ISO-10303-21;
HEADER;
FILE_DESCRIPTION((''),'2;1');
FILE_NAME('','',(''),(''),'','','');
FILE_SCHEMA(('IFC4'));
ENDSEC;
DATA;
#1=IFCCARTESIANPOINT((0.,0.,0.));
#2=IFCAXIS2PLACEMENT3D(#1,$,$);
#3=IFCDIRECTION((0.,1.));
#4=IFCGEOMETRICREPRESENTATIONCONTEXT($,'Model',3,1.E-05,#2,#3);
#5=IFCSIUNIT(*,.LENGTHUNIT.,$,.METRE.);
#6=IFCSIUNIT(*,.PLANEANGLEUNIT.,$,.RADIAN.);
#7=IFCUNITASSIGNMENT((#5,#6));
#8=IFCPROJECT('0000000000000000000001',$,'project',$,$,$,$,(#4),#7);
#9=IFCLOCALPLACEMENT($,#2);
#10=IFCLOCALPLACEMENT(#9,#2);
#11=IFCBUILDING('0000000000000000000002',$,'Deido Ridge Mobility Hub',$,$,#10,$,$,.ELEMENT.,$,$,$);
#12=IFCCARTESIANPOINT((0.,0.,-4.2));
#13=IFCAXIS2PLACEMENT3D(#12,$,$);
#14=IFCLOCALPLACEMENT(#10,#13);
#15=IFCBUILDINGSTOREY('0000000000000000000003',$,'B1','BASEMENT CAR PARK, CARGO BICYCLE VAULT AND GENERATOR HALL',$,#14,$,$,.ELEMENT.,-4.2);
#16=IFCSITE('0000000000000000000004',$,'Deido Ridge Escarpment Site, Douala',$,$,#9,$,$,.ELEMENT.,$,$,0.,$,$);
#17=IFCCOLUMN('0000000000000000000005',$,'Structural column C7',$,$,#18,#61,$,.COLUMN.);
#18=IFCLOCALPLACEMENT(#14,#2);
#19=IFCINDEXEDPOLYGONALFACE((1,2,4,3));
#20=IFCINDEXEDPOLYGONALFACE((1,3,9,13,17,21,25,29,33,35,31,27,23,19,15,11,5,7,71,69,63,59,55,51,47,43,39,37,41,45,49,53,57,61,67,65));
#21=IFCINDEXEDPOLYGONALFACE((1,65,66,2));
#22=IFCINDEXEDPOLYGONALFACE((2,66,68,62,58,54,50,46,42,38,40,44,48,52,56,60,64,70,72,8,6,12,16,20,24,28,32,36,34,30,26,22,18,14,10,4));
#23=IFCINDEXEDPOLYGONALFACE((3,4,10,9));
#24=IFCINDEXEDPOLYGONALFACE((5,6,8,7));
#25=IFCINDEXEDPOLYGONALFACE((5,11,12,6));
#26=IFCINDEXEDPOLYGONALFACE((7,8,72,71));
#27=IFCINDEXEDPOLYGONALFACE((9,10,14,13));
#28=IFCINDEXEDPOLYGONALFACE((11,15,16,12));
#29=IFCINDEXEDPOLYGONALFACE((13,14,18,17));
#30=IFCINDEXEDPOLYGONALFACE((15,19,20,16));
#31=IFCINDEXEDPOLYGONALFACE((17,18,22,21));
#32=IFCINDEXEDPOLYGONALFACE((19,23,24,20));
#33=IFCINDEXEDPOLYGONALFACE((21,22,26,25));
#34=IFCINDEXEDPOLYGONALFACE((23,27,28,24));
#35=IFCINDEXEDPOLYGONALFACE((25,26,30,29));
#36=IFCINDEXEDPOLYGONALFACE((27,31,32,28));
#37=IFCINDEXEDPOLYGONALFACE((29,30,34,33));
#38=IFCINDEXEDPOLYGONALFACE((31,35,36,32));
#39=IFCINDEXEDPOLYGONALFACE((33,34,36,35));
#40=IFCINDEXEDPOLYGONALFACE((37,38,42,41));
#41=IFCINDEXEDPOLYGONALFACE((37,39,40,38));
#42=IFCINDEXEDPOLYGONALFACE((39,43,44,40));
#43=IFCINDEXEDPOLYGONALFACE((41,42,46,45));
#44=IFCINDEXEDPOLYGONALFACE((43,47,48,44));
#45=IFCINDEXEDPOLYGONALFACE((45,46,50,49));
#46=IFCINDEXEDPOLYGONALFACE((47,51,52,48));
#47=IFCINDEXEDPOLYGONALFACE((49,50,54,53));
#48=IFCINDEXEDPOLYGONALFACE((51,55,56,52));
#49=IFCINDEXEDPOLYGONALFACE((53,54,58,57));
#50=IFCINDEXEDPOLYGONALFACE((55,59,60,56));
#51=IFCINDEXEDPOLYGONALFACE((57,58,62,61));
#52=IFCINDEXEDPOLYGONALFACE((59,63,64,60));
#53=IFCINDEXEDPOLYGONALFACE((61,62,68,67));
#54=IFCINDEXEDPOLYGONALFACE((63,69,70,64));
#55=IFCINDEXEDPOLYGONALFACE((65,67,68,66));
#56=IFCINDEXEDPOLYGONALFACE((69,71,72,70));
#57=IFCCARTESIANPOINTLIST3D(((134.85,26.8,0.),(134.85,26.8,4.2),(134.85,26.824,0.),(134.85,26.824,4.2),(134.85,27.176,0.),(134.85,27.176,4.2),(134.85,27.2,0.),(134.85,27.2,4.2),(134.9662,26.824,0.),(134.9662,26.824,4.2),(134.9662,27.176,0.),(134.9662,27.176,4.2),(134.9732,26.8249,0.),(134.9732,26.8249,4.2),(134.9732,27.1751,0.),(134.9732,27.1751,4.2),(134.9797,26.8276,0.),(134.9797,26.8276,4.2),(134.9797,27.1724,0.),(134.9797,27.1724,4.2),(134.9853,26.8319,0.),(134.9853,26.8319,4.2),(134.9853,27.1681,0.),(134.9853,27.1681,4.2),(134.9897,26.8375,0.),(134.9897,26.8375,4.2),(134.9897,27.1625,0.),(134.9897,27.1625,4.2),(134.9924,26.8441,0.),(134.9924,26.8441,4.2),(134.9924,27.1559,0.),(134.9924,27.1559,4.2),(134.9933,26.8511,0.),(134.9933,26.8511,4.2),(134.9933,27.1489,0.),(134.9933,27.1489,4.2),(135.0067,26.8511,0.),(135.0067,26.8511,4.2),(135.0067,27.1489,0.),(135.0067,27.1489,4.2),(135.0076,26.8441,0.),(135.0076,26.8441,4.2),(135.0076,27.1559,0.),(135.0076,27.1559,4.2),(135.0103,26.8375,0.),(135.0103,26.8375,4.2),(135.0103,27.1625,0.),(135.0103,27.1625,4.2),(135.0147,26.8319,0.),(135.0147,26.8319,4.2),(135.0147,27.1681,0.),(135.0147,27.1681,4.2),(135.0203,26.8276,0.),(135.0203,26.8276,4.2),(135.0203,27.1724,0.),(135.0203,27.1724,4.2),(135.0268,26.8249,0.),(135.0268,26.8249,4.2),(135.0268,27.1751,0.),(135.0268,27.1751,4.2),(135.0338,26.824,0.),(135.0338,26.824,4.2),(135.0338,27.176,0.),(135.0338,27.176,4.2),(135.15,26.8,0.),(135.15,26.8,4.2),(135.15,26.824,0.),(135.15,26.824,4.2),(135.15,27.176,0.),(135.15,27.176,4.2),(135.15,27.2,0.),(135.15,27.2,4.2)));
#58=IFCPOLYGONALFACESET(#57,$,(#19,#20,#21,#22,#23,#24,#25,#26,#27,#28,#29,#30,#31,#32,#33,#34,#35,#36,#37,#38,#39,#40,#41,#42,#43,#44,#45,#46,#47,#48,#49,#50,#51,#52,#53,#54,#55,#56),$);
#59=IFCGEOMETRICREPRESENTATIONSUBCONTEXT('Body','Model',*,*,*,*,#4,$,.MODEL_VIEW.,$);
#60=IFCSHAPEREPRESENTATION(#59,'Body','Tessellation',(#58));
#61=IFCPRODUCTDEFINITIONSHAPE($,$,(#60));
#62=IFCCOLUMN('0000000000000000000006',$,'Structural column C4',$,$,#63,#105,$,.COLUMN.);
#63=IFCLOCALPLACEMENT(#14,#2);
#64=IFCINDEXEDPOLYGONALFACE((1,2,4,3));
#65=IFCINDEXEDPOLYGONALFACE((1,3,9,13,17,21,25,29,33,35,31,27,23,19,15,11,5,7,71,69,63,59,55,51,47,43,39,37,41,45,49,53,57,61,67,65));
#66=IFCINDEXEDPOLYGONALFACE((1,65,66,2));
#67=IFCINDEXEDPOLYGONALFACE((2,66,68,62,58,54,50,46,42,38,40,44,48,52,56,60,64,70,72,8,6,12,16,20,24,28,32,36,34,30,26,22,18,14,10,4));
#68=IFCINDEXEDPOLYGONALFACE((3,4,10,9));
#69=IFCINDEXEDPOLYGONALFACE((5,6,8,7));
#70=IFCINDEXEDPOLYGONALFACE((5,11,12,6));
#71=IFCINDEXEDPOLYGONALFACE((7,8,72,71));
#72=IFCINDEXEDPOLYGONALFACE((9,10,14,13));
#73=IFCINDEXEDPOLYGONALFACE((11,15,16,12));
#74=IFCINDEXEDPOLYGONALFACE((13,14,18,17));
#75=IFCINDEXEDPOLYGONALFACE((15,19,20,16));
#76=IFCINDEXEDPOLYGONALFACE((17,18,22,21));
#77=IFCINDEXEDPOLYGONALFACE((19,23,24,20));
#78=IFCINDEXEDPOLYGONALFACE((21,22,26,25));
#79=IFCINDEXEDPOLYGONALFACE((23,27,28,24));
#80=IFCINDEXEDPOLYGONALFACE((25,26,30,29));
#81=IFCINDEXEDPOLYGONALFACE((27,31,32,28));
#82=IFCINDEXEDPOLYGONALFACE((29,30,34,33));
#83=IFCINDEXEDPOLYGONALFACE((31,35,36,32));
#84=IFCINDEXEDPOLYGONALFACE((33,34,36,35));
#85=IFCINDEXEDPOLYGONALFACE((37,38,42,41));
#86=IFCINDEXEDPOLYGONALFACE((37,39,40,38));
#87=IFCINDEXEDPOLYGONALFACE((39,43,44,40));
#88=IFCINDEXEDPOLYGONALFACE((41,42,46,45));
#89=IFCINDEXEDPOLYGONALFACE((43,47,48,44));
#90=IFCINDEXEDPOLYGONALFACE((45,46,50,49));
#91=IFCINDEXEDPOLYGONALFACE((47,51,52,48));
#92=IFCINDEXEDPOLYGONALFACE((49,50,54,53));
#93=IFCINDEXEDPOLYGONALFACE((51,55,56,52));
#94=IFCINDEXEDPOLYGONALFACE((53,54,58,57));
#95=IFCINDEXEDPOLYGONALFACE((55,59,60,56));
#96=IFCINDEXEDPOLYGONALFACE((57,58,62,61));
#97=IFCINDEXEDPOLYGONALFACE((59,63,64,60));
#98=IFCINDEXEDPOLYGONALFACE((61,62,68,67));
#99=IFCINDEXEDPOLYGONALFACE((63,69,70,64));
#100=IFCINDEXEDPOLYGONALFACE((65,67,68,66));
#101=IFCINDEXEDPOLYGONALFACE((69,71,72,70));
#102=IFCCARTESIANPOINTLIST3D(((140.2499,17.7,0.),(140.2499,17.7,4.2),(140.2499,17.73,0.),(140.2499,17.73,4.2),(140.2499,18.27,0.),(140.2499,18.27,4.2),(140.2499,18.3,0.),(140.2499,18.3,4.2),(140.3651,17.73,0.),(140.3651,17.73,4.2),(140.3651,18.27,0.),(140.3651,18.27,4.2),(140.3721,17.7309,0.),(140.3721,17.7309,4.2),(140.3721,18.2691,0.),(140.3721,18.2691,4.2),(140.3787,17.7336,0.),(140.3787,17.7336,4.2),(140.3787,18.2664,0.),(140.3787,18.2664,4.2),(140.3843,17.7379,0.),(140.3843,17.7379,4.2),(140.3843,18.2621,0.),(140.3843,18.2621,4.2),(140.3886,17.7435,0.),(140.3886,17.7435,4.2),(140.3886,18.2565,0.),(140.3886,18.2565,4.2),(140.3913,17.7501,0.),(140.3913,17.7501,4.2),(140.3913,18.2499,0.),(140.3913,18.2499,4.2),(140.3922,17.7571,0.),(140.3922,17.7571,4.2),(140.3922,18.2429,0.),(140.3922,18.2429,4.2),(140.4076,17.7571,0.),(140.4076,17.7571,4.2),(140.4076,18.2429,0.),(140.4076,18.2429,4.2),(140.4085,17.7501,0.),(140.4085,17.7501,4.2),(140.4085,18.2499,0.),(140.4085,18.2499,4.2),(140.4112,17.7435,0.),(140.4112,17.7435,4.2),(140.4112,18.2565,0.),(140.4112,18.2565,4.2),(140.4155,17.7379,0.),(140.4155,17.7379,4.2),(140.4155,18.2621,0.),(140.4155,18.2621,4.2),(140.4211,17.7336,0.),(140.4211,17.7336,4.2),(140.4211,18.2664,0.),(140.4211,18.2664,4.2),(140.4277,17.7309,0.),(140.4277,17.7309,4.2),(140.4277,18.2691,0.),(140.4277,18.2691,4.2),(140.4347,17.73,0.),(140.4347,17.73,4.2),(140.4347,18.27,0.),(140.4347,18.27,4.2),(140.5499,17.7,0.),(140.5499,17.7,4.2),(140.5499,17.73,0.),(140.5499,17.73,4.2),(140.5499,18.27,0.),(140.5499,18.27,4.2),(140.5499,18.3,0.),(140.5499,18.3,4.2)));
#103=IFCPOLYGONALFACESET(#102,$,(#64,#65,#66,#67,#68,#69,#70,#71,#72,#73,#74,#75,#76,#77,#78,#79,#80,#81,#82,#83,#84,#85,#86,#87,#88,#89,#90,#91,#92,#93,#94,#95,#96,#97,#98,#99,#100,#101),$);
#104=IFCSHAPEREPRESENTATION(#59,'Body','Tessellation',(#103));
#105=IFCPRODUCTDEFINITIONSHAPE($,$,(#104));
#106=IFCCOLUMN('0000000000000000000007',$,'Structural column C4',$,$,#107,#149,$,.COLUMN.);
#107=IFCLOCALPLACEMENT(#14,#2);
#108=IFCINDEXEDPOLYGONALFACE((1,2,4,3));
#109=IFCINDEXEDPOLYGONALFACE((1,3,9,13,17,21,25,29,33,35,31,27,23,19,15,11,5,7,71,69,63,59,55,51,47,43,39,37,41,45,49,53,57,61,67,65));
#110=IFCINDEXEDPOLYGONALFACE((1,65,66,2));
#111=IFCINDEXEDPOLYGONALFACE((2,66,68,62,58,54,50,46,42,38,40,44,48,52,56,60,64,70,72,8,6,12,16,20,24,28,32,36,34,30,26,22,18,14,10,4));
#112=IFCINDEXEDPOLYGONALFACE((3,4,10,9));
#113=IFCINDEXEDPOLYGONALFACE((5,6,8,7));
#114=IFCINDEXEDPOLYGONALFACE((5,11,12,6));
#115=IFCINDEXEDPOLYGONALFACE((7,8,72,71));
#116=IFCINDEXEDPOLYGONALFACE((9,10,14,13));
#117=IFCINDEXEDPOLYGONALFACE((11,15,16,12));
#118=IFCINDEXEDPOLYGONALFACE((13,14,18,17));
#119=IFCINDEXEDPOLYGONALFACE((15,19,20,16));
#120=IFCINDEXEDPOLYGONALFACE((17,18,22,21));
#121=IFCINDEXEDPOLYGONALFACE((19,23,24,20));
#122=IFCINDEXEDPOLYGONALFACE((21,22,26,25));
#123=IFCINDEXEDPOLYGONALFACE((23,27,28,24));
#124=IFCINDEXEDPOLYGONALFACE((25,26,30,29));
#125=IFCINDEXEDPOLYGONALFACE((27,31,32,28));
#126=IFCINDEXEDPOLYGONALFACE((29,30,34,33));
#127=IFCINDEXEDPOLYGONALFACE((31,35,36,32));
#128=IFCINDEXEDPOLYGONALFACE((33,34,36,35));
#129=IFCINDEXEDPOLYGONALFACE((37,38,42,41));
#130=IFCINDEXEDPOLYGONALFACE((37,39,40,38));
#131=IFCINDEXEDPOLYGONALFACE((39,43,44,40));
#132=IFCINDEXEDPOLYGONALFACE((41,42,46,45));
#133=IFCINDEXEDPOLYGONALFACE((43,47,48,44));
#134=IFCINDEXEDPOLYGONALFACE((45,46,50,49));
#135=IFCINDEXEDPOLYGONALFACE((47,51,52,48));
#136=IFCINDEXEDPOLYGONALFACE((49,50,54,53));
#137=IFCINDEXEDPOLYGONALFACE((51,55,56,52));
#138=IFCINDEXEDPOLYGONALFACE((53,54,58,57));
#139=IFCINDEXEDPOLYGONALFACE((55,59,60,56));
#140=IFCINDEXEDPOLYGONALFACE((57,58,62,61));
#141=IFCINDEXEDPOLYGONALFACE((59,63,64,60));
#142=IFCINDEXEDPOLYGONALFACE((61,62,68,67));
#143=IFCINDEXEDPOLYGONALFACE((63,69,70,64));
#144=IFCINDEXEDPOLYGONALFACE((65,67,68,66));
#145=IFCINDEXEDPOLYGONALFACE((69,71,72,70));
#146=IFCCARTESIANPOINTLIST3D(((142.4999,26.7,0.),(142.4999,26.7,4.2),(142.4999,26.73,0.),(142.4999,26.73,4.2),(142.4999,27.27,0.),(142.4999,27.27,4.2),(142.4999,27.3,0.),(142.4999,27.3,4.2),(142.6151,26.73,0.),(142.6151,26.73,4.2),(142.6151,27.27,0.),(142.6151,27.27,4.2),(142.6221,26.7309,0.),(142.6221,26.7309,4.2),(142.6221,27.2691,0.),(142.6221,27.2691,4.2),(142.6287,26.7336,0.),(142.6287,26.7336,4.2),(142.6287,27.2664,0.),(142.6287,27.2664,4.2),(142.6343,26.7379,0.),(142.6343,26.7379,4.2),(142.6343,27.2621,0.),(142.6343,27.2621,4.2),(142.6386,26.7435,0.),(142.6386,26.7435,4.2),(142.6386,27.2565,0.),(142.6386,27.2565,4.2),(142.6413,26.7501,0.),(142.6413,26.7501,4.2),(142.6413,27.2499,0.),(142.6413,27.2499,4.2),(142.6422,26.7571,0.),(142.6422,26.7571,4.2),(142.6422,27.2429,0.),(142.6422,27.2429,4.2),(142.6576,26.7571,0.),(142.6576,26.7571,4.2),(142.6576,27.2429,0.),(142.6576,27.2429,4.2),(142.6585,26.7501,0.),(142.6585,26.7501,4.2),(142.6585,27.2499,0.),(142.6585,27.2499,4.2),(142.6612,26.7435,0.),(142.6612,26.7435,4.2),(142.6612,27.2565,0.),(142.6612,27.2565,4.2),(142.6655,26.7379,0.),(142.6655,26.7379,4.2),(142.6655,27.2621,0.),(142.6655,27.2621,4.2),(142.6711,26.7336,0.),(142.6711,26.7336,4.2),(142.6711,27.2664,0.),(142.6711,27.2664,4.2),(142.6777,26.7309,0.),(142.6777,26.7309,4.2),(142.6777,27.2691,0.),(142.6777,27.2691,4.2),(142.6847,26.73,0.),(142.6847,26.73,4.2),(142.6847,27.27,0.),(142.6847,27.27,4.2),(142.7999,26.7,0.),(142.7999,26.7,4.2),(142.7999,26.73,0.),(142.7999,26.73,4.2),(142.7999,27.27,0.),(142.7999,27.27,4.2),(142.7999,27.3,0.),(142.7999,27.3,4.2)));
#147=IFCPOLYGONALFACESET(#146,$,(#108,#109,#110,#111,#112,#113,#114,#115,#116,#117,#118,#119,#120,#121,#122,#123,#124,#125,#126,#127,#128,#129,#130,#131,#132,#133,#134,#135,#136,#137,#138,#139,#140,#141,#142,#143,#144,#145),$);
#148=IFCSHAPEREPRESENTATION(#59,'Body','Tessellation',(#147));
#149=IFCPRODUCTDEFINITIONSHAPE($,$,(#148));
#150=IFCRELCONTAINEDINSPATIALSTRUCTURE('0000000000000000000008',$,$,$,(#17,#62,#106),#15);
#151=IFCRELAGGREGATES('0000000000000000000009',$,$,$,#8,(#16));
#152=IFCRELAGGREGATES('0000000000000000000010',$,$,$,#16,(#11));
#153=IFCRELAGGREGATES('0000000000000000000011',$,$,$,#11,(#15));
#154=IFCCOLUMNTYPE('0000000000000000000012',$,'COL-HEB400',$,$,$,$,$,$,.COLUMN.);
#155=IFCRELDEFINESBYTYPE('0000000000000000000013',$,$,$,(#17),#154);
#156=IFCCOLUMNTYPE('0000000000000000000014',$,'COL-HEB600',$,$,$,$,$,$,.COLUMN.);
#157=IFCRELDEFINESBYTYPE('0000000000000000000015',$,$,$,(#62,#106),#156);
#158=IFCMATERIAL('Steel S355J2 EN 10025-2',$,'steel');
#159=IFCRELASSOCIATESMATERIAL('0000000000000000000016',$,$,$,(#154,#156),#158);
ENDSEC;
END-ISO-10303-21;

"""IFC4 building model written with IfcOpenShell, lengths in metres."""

from ifc_helpers import new_model, si_unit, direction, frame, origin, origin_2d, place, context, subcontext, project, spatial, i_section, extrude, material, material_profile, profile_set, type_object, element, save


model = new_model("IFC4")

# Units and contexts
model_context = context("Model", 3, precision=1e-05, world=origin(), true_north=direction((0.0, 1.0)))
body_context = subcontext(model_context, "Body", "Model", "MODEL_VIEW")
ifc_project = project(units=[si_unit("LENGTHUNIT", "METRE"), si_unit("PLANEANGLEUNIT", "RADIAN")], contexts=[model_context])

# Site, building, storey
site_placement = place(None, origin())
site = spatial("IfcSite", under=ifc_project, at=site_placement, Name="Deido Ridge Escarpment Site, Douala", CompositionType="ELEMENT", RefElevation=0.0)
building_placement = place(site_placement, origin())
building = spatial("IfcBuilding", under=site, at=building_placement, Name="Deido Ridge Mobility Hub", CompositionType="ELEMENT")
storey_placement = place(building_placement, frame((0.0, 0.0, -4.2)))
storey = spatial("IfcBuildingStorey", under=building, at=storey_placement, Name="B1", Description="BASEMENT CAR PARK, CARGO BICYCLE VAULT AND GENERATOR HALL", CompositionType="ELEMENT", Elevation=-4.2)

# Columns
ifc_material_1 = material(Name="Steel S355J2 EN 10025-2", Category="steel")
ifc_material_profile_1 = material_profile(ifc_material_1, i_section(OverallWidth=0.3, OverallDepth=0.3999, WebThickness=0.0134, FlangeThickness=0.0239, FilletRadius=0.0271, at=origin_2d()), Name="HEB 400")
ifc_profile_set_1 = profile_set([ifc_material_profile_1], Name="Steel S355J2 EN 10025-2")
column_type_1 = type_object("IfcColumnType", Name="COL-HEB400", PredefinedType="COLUMN", material=ifc_profile_set_1)
column_1_placement = place(storey_placement, frame((135.0, 27.0, 0.0), z_axis=(0.0, 0.0, 1.0), x_axis=(1.0, 0.0, 0.0)))
element("IfcColumn", 1, at=column_1_placement, inside=storey, type_object=column_type_1, Name="Structural column C7", PredefinedType="COLUMN", context=body_context, shape_type="SweptSolid", body=[
    extrude(i_section(OverallWidth=0.3, OverallDepth=0.3999, WebThickness=0.0134, FlangeThickness=0.0239, FilletRadius=0.0271, at=origin_2d()), origin(), (0.0, 0.0, 1.0), 4.2),
])
ifc_material_profile_2 = material_profile(ifc_material_1, i_section(OverallWidth=0.3, OverallDepth=0.6001, WebThickness=0.0154, FlangeThickness=0.03, FilletRadius=0.0271, at=origin_2d()), Name="HEB 600")
ifc_profile_set_2 = profile_set([ifc_material_profile_2], Name="Steel S355J2 EN 10025-2")
column_type_2 = type_object("IfcColumnType", Name="COL-HEB600", PredefinedType="COLUMN", material=ifc_profile_set_2)
for number, where, z_axis, x_axis, name in (
    (2, (140.3999, 18.0, 0.0), (0.0, 0.0, 1.0), (1.0, 0.0, 0.0), "Structural column C4"),
    (3, (142.6499, 27.0, 0.0), (0.0, 0.0, 1.0), (1.0, 0.0, 0.0), "Structural column C4"),
):
    element("IfcColumn", number, at=place(storey_placement, frame(where, z_axis=z_axis, x_axis=x_axis)), inside=storey, type_object=column_type_2, Name=name, PredefinedType="COLUMN", context=body_context, shape_type="SweptSolid", body=[
        extrude(i_section(OverallWidth=0.3, OverallDepth=0.6001, WebThickness=0.0154, FlangeThickness=0.03, FilletRadius=0.0271, at=origin_2d()), origin(), (0.0, 0.0, 1.0), 4.2),
    ])

save(model, "model.ifc")
